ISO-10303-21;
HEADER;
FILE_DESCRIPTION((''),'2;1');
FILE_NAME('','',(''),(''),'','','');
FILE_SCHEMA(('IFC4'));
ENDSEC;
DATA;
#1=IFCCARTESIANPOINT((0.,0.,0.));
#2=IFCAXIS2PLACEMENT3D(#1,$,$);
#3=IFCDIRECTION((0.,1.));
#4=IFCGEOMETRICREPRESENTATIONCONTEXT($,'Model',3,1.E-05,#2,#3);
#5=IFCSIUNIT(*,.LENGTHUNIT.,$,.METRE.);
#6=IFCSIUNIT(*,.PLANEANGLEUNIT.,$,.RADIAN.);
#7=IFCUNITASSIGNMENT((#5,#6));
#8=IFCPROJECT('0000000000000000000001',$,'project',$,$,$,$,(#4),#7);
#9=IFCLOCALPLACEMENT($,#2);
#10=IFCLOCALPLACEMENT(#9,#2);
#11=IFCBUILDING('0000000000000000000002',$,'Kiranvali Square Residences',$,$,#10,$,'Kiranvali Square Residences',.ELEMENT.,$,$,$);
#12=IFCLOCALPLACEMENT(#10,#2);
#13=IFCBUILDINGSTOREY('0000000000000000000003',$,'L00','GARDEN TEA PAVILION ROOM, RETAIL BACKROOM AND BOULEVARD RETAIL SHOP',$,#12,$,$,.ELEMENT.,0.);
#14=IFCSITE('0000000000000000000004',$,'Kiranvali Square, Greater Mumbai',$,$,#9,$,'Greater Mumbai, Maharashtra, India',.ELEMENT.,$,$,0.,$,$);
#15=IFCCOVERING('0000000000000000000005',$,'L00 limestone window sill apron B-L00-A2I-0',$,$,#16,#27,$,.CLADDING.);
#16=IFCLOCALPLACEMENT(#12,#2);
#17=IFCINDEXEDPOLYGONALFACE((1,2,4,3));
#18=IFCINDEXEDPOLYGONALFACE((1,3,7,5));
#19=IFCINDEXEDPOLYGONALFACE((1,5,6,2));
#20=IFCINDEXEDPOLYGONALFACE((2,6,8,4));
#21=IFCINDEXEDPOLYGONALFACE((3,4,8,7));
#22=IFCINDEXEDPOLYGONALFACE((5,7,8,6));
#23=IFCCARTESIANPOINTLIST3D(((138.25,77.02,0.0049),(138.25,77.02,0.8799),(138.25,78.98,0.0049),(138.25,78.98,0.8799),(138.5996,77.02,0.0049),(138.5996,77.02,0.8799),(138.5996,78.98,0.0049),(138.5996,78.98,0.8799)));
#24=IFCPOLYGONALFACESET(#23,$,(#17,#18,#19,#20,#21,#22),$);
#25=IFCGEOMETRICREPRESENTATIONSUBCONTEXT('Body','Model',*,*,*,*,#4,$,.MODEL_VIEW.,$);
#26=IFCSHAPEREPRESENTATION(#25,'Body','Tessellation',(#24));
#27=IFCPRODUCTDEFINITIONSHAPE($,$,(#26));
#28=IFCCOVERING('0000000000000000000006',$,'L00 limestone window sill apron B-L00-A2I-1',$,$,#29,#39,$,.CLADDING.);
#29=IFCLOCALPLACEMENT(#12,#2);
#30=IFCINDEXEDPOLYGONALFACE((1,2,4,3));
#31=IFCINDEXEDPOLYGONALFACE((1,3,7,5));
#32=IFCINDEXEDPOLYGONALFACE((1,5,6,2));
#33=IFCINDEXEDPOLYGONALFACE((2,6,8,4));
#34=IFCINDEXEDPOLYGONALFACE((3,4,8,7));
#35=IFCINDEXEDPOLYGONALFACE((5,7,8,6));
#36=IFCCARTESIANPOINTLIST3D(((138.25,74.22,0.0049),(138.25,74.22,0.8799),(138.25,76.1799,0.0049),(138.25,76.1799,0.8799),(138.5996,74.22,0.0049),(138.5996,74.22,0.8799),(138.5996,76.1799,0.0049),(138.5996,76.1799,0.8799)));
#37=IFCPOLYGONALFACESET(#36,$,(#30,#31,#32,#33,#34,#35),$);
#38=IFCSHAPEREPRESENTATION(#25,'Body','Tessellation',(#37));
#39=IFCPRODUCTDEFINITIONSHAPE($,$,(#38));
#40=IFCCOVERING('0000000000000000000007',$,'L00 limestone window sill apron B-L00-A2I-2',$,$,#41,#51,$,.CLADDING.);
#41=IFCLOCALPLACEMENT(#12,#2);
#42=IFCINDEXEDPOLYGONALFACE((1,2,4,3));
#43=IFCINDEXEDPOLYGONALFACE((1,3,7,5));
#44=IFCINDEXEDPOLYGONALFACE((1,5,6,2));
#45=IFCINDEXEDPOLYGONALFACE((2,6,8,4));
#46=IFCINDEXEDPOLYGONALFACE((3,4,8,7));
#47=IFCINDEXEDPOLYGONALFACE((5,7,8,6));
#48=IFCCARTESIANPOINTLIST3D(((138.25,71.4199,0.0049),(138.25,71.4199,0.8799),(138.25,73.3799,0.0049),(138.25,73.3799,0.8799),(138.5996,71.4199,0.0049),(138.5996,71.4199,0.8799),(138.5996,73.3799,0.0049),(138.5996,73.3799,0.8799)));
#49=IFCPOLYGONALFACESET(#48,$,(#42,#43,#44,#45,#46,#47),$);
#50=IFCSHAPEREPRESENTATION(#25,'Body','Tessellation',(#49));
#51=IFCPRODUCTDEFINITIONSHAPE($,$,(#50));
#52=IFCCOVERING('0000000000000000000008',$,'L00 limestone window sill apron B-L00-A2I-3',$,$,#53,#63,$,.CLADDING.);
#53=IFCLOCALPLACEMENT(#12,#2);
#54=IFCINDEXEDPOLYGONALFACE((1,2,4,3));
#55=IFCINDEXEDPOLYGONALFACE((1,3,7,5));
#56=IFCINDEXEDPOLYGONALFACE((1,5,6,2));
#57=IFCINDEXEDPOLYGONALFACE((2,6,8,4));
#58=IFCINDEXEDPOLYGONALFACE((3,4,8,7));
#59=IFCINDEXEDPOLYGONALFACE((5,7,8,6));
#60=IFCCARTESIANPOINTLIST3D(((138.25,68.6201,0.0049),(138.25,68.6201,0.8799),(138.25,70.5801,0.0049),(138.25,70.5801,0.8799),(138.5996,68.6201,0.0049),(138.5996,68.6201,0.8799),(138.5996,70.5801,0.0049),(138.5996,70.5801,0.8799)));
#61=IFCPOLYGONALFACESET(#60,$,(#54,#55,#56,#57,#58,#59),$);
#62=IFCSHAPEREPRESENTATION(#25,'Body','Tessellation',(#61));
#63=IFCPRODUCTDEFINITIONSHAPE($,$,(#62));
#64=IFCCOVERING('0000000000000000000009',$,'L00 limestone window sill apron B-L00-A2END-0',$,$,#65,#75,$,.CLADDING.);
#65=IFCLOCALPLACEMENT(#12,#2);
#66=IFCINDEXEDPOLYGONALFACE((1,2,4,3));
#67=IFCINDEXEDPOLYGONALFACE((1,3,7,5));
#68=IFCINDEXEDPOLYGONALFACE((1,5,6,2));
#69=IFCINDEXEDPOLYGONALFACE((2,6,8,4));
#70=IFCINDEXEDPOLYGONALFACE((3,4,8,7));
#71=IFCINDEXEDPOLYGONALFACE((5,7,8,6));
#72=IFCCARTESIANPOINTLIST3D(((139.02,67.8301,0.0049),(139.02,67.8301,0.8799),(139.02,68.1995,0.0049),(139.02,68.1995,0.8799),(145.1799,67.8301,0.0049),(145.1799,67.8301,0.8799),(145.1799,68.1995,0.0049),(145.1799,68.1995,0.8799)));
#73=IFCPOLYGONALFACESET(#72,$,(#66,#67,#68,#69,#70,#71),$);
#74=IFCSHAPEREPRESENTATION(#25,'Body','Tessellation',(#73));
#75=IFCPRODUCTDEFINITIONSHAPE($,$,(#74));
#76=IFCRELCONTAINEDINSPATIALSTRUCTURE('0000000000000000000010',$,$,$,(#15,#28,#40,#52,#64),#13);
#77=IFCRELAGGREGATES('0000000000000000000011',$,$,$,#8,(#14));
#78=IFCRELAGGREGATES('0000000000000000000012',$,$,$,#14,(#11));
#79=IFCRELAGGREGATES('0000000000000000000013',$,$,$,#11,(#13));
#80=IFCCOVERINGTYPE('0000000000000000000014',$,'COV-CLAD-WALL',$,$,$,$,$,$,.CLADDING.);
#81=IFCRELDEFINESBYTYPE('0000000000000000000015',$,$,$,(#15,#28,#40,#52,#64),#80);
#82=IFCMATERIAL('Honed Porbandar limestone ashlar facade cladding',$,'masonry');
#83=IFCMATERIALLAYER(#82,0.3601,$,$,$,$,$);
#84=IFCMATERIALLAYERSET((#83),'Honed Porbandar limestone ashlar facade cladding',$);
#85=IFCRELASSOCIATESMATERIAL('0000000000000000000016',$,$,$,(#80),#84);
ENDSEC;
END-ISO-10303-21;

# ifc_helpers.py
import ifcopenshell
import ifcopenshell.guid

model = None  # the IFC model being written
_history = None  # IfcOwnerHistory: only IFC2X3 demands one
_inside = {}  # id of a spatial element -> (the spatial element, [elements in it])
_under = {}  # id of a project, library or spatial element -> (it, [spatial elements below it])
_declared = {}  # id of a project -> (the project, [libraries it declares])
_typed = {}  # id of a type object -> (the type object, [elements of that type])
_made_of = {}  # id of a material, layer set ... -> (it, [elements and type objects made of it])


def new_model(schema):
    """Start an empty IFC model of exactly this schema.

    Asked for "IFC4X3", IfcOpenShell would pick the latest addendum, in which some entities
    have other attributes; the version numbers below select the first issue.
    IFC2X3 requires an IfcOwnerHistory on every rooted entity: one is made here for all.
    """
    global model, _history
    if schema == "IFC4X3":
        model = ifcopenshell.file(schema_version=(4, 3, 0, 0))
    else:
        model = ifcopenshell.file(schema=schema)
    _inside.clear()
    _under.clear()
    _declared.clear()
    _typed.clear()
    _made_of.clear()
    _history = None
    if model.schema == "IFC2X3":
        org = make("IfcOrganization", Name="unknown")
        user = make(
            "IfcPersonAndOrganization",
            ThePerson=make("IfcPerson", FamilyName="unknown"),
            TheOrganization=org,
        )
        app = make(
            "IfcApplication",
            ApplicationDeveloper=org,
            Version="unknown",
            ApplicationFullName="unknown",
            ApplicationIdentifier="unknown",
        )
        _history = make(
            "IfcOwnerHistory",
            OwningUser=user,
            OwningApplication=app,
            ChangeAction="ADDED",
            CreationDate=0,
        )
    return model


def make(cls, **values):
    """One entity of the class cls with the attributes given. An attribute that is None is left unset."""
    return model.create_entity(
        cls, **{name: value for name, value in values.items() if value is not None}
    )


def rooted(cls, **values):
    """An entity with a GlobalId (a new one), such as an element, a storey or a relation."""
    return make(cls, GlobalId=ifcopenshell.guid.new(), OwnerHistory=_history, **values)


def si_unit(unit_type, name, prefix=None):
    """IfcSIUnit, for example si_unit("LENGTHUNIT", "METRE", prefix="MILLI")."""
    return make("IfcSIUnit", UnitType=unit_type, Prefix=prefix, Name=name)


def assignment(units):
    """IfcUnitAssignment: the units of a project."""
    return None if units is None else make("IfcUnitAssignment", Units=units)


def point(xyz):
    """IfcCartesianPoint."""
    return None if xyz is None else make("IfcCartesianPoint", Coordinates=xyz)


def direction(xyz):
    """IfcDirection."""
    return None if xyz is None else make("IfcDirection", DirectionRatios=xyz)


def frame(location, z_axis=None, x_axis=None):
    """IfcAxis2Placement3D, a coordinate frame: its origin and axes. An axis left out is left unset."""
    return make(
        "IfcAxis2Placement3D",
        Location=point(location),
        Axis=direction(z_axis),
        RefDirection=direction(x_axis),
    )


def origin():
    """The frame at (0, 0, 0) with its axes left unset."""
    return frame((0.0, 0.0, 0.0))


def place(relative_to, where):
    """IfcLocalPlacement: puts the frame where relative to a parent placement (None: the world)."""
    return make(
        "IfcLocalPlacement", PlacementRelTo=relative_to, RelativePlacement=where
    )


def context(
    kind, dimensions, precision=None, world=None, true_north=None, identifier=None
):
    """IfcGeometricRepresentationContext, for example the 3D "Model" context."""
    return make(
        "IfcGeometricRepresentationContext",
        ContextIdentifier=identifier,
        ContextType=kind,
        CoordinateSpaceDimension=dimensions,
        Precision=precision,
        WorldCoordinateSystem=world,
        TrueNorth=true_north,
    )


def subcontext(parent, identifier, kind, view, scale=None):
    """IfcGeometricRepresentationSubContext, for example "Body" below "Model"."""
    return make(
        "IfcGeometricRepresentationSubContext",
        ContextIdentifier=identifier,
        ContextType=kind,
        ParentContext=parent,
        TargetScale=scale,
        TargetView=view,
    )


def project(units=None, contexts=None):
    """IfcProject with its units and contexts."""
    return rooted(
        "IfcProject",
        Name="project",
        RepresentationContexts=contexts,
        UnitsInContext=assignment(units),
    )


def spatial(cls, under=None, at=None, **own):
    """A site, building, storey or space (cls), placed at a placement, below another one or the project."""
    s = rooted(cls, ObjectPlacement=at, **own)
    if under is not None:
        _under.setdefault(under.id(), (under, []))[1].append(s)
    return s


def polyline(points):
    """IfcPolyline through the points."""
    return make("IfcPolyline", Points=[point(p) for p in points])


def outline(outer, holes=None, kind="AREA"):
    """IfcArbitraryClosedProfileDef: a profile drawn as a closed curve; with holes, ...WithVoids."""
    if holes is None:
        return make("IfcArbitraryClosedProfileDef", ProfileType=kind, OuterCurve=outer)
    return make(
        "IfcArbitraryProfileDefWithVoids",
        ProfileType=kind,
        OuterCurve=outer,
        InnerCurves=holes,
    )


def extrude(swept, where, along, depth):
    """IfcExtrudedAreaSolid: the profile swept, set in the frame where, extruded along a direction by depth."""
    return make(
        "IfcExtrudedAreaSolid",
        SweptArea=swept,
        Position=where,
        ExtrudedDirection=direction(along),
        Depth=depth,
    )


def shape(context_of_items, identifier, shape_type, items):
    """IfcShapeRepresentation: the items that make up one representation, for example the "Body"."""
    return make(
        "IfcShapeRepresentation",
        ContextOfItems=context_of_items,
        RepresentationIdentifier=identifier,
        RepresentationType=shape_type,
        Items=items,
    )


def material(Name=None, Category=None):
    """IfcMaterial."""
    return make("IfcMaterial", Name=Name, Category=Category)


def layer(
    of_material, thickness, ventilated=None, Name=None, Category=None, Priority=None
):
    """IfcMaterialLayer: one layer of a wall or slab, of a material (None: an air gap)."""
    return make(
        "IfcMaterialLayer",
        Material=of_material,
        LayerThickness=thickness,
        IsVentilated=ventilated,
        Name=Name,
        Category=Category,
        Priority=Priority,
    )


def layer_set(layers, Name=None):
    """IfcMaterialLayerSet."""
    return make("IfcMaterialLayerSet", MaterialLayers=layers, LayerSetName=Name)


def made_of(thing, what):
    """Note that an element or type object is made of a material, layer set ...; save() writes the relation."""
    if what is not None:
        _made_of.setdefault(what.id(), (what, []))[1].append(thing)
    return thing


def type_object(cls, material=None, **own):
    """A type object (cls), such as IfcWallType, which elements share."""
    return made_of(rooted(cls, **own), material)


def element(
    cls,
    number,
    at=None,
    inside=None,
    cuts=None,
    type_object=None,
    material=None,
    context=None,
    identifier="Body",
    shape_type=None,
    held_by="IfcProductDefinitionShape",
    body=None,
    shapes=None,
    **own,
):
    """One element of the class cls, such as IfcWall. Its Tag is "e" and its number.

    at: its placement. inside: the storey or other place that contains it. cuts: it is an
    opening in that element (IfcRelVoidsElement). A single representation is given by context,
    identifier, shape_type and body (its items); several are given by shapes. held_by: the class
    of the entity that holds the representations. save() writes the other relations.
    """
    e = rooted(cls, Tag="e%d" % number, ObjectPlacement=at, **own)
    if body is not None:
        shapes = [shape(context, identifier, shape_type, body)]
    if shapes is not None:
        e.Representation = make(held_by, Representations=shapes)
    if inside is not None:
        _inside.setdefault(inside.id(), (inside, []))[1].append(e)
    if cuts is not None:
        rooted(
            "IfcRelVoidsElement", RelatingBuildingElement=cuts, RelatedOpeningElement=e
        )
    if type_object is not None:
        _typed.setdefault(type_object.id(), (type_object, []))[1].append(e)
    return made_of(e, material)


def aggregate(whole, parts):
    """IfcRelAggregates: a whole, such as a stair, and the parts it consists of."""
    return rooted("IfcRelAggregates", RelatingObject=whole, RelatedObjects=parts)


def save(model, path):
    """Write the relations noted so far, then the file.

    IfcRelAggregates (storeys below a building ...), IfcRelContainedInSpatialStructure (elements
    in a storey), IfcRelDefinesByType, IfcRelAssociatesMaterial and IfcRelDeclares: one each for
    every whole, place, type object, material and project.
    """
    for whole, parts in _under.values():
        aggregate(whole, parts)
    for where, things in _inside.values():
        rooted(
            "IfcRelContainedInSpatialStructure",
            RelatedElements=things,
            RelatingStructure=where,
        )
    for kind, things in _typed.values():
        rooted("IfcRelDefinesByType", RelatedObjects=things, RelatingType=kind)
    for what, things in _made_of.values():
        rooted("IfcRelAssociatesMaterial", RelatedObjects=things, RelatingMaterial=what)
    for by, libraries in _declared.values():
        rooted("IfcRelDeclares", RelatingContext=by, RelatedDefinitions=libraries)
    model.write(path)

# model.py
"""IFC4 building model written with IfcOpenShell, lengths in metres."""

from ifc_helpers import new_model, si_unit, direction, frame, origin, place, context, subcontext, project, spatial, polyline, outline, extrude, material, layer, layer_set, type_object, element, save


model = new_model("IFC4")

# Units and contexts
model_context = context("Model", 3, precision=1e-05, world=origin(), true_north=direction((0.0, 1.0)))
body_context = subcontext(model_context, "Body", "Model", "MODEL_VIEW")
ifc_project = project(units=[si_unit("LENGTHUNIT", "METRE"), si_unit("PLANEANGLEUNIT", "RADIAN")], contexts=[model_context])

# Site, building, storey
site_placement = place(None, origin())
site = spatial("IfcSite", under=ifc_project, at=site_placement, Name="Kiranvali Square, Greater Mumbai", LongName="Greater Mumbai, Maharashtra, India", CompositionType="ELEMENT", RefElevation=0.0)
building_placement = place(site_placement, origin())
building = spatial("IfcBuilding", under=site, at=building_placement, Name="Kiranvali Square Residences", LongName="Kiranvali Square Residences", CompositionType="ELEMENT")
storey_placement = place(building_placement, origin())
storey = spatial("IfcBuildingStorey", under=building, at=storey_placement, Name="L00", Description="GARDEN TEA PAVILION ROOM, RETAIL BACKROOM AND BOULEVARD RETAIL SHOP", CompositionType="ELEMENT", Elevation=0.0)

# Coverings
ifc_material_1 = material(Name="Honed Porbandar limestone ashlar facade cladding", Category="masonry")
ifc_layer_1 = layer(ifc_material_1, 0.3601)
ifc_layer_set_1 = layer_set([ifc_layer_1], Name="Honed Porbandar limestone ashlar facade cladding")
covering_type_1 = type_object("IfcCoveringType", Name="COV-CLAD-WALL", PredefinedType="CLADDING", material=ifc_layer_set_1)
covering_1_placement = place(storey_placement, frame((0.0, 0.0, 0.0049)))
element("IfcCovering", 1, at=covering_1_placement, inside=storey, type_object=covering_type_1, Name="L00 limestone window sill apron B-L00-A2I-0", PredefinedType="CLADDING", context=body_context, shape_type="SweptSolid", body=[
    extrude(outline(polyline([(138.25, 78.98), (138.25, 77.02), (138.5996, 77.02), (138.5996, 78.98), (138.25, 78.98)])), origin(), (0.0, 0.0, 1.0), 0.875),
])
covering_2_placement = place(storey_placement, frame((0.0, 0.0, 0.0049)))
element("IfcCovering", 2, at=covering_2_placement, inside=storey, type_object=covering_type_1, Name="L00 limestone window sill apron B-L00-A2I-1", PredefinedType="CLADDING", context=body_context, shape_type="SweptSolid", body=[
    extrude(outline(polyline([(138.25, 76.1799), (138.25, 74.22), (138.5996, 74.22), (138.5996, 76.1799), (138.25, 76.1799)])), origin(), (0.0, 0.0, 1.0), 0.875),
])
covering_3_placement = place(storey_placement, frame((0.0, 0.0, 0.0049)))
element("IfcCovering", 3, at=covering_3_placement, inside=storey, type_object=covering_type_1, Name="L00 limestone window sill apron B-L00-A2I-2", PredefinedType="CLADDING", context=body_context, shape_type="SweptSolid", body=[
    extrude(outline(polyline([(138.25, 73.3799), (138.25, 71.4199), (138.5996, 71.4199), (138.5996, 73.3799), (138.25, 73.3799)])), origin(), (0.0, 0.0, 1.0), 0.875),
])
covering_4_placement = place(storey_placement, frame((0.0, 0.0, 0.0049)))
element("IfcCovering", 4, at=covering_4_placement, inside=storey, type_object=covering_type_1, Name="L00 limestone window sill apron B-L00-A2I-3", PredefinedType="CLADDING", context=body_context, shape_type="SweptSolid", body=[
    extrude(outline(polyline([(138.25, 70.5801), (138.25, 68.6201), (138.5996, 68.6201), (138.5996, 70.5801), (138.25, 70.5801)])), origin(), (0.0, 0.0, 1.0), 0.875),
])
covering_5_placement = place(storey_placement, frame((0.0, 0.0, 0.0049)))
element("IfcCovering", 5, at=covering_5_placement, inside=storey, type_object=covering_type_1, Name="L00 limestone window sill apron B-L00-A2END-0", PredefinedType="CLADDING", context=body_context, shape_type="SweptSolid", body=[
    extrude(outline(polyline([(139.02, 67.8301), (145.1799, 67.8301), (145.1799, 68.1995), (139.02, 68.1995), (139.02, 67.8301)])), origin(), (0.0, 0.0, 1.0), 0.875),
])

save(model, "model.ifc")
